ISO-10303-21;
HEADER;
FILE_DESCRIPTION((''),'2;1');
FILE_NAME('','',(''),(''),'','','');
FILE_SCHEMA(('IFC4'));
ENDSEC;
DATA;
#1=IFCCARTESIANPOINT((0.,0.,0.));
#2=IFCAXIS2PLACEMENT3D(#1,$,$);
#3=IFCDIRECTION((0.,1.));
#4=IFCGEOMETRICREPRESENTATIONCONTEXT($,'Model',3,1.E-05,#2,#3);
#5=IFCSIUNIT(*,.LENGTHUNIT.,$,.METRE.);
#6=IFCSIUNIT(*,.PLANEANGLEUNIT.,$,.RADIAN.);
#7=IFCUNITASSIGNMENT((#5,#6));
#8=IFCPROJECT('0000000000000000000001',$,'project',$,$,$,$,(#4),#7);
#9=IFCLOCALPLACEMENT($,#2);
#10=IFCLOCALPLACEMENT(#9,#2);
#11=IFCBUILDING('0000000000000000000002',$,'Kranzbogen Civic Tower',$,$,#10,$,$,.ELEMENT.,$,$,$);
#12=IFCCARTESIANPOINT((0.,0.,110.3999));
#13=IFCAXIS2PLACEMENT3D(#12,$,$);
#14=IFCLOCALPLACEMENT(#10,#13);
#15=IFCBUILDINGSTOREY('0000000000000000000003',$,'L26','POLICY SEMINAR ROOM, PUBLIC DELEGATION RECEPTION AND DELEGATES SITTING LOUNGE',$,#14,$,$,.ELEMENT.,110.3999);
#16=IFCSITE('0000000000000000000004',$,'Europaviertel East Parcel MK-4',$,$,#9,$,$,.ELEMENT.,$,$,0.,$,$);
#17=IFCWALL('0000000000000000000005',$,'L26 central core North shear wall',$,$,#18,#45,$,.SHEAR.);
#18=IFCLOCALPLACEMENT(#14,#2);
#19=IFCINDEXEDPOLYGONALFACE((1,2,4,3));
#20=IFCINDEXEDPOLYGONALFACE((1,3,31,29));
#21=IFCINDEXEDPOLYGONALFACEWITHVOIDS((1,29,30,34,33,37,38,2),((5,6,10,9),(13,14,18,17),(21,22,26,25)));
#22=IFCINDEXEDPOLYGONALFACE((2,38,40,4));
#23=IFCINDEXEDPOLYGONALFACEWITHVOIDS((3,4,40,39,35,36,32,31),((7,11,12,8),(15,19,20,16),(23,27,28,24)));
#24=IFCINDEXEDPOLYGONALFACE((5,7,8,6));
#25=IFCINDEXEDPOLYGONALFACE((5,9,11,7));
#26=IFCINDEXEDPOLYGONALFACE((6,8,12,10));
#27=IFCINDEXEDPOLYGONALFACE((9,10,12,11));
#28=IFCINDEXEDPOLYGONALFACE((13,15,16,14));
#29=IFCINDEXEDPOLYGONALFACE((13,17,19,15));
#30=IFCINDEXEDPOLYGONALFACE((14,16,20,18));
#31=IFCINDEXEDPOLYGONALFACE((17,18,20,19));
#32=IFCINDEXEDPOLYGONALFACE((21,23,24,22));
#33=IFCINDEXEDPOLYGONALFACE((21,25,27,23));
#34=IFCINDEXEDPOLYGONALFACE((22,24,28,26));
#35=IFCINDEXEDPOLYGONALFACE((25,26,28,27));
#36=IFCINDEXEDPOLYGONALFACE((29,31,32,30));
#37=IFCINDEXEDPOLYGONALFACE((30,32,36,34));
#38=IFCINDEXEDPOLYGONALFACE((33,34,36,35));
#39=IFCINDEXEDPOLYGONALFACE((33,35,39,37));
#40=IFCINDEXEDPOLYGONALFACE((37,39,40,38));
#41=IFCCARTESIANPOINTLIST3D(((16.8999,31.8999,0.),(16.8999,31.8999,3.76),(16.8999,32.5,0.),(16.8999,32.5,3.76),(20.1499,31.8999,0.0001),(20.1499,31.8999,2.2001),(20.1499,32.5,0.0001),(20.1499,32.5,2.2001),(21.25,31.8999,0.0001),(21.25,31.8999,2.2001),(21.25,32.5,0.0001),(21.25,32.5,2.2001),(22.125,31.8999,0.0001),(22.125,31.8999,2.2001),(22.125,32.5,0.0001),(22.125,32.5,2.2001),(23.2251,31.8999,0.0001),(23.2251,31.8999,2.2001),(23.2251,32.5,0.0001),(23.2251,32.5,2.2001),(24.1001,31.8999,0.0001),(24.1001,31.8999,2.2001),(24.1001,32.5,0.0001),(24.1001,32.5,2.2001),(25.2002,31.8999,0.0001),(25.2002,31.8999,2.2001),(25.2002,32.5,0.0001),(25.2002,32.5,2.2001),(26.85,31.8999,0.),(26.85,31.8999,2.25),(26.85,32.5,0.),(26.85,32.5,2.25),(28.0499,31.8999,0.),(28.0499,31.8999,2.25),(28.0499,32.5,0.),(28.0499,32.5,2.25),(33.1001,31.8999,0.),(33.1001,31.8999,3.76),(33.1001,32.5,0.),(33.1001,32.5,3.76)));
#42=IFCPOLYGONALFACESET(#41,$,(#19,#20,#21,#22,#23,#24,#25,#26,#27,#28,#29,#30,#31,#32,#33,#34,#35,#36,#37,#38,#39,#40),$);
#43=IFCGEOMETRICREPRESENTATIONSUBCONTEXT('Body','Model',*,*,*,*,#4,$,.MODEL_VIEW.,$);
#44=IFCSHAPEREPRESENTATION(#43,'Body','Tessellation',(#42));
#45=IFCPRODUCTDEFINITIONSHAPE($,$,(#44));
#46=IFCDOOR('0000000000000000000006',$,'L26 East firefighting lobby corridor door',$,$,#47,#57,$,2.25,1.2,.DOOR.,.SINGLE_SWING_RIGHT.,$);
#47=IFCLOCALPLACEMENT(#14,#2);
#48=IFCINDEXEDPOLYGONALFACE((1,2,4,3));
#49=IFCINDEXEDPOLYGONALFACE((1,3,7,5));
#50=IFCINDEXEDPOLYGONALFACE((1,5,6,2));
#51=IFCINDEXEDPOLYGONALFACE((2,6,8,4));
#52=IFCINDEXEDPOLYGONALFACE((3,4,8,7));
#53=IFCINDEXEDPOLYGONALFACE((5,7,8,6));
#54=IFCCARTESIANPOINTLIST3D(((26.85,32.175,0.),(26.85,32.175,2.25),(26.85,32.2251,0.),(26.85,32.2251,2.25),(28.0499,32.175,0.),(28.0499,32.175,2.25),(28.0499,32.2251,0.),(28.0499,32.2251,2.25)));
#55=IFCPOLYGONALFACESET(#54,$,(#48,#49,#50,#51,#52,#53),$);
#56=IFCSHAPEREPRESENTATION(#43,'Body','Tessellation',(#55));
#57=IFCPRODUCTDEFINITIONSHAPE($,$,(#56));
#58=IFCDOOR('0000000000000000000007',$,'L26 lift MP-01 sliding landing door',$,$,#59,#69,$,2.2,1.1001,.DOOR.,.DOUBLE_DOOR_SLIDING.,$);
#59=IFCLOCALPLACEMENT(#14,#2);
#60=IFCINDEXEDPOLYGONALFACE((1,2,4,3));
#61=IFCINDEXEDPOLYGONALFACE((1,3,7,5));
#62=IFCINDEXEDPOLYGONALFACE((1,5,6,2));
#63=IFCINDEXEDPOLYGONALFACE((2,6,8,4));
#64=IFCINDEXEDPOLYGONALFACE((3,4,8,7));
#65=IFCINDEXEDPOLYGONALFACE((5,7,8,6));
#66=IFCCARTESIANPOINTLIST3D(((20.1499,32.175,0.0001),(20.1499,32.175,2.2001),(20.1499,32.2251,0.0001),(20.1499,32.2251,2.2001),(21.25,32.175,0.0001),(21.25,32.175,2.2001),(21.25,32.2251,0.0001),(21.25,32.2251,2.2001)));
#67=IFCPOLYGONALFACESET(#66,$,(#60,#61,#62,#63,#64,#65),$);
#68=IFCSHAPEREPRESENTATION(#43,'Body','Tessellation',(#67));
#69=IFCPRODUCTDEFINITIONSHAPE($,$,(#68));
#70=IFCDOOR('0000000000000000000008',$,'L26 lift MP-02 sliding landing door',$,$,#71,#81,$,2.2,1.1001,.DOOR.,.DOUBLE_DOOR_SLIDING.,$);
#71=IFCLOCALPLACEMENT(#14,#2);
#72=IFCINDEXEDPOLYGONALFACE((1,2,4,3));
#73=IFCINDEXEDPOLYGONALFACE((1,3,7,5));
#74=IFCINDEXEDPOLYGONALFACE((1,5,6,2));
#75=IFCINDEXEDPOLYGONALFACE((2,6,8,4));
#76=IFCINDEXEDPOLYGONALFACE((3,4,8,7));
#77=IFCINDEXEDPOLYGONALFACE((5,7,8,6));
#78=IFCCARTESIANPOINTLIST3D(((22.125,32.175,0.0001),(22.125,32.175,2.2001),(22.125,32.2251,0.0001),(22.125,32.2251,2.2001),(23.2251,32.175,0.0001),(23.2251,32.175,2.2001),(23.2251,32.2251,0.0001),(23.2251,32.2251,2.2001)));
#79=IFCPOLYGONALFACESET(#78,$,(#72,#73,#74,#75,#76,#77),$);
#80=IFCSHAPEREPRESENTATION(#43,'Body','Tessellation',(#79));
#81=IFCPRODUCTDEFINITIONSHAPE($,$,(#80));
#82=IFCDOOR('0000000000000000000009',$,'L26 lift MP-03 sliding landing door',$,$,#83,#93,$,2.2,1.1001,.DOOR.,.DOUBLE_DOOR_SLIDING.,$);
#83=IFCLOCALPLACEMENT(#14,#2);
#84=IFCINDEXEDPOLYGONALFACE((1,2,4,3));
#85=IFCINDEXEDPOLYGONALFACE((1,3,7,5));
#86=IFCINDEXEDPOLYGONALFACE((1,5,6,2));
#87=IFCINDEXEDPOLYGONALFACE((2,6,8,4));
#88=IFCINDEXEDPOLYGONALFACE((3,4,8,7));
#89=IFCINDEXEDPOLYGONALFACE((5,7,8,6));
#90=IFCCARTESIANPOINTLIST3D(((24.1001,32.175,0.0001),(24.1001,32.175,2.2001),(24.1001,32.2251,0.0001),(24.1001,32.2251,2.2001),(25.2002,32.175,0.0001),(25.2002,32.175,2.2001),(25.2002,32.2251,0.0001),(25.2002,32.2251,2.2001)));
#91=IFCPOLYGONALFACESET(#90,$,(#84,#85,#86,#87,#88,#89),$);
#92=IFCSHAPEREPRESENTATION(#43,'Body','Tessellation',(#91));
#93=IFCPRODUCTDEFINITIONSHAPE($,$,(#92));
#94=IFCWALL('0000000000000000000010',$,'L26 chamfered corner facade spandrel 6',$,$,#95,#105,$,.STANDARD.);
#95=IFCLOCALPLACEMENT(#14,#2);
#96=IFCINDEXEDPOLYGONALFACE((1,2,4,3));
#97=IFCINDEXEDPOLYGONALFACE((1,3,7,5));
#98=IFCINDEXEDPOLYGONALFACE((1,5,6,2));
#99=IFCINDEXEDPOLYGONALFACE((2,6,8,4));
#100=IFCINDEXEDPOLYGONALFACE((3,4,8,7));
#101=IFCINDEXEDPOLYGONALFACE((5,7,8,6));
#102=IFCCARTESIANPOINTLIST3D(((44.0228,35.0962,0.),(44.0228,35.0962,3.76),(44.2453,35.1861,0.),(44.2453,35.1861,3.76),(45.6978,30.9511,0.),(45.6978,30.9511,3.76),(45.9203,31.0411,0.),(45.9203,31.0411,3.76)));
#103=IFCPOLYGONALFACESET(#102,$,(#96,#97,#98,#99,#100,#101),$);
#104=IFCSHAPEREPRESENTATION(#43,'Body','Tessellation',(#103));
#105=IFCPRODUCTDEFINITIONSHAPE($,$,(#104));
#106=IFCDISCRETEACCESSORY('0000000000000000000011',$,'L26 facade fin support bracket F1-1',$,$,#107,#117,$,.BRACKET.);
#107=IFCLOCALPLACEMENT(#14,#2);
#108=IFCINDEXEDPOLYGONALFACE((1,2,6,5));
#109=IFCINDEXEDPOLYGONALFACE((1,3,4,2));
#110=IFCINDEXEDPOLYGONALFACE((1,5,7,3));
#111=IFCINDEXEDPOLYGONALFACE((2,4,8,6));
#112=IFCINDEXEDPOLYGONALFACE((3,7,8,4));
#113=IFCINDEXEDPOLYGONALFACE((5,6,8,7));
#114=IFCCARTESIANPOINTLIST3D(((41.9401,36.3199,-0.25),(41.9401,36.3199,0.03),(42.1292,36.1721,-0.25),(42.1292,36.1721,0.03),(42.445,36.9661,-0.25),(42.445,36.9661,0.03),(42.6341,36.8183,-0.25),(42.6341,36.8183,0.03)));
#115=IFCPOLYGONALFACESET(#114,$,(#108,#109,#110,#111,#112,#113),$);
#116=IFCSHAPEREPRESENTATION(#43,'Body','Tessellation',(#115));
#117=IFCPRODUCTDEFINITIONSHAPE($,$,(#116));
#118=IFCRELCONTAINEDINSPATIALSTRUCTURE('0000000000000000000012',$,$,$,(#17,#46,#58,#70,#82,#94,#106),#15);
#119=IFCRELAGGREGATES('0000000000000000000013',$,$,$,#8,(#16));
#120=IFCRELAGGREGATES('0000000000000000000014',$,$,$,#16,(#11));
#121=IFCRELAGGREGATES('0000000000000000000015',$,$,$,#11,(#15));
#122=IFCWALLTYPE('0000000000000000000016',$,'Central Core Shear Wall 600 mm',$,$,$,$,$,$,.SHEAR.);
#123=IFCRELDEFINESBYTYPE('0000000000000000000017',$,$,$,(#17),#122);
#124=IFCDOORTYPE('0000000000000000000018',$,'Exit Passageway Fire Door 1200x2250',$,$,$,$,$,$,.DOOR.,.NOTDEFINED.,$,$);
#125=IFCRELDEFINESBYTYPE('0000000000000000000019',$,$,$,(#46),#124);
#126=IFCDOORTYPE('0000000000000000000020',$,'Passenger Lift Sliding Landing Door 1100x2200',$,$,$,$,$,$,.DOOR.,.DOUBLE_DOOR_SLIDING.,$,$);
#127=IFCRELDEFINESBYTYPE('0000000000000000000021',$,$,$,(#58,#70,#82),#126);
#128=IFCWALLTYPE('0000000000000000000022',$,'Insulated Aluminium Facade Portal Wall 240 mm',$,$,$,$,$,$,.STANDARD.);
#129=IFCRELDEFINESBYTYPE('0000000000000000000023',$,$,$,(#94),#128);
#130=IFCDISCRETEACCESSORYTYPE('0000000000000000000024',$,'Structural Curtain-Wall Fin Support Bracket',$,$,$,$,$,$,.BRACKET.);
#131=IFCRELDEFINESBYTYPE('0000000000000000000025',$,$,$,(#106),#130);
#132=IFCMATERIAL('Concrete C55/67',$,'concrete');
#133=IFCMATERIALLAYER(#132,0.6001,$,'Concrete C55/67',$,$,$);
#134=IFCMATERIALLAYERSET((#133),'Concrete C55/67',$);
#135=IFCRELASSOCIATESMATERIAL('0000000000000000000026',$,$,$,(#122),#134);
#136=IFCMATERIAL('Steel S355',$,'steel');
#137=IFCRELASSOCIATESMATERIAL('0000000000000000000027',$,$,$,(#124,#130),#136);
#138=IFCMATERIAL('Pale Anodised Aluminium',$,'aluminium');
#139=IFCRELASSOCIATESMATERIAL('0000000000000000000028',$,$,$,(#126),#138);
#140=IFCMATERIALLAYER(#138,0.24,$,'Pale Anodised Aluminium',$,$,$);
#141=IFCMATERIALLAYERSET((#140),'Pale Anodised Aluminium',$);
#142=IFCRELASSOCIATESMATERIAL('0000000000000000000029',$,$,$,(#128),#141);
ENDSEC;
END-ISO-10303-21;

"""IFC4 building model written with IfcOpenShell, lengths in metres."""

from ifc_helpers import new_model, si_unit, direction, frame, frame_2d, origin, origin_2d, place, context, subcontext, project, spatial, rectangle, extrude, material, layer, layer_set, type_object, element, fill, save


model = new_model("IFC4")

# Units and contexts
model_context = context("Model", 3, precision=1e-05, world=origin(), true_north=direction((0.0, 1.0)))
body_context = subcontext(model_context, "Body", "Model", "MODEL_VIEW")
ifc_project = project(units=[si_unit("LENGTHUNIT", "METRE"), si_unit("PLANEANGLEUNIT", "RADIAN")], contexts=[model_context])

# Site, building, storey
site_placement = place(None, origin())
site = spatial("IfcSite", under=ifc_project, at=site_placement, Name="Europaviertel East Parcel MK-4", CompositionType="ELEMENT", RefElevation=0.0)
building_placement = place(site_placement, origin())
building = spatial("IfcBuilding", under=site, at=building_placement, Name="Kranzbogen Civic Tower", CompositionType="ELEMENT")
storey_placement = place(building_placement, frame((0.0, 0.0, 110.3999)))
storey = spatial("IfcBuildingStorey", under=building, at=storey_placement, Name="L26", Description="POLICY SEMINAR ROOM, PUBLIC DELEGATION RECEPTION AND DELEGATES SITTING LOUNGE", CompositionType="ELEMENT", Elevation=110.3999)

# Shared definitions
ifc_material_1 = material(Name="Steel S355", Category="steel")

# Shared definitions
ifc_material_2 = material(Name="Pale Anodised Aluminium", Category="aluminium")

# Wall, openings, doors
ifc_material_3 = material(Name="Concrete C55/67", Category="concrete")
ifc_layer_1 = layer(ifc_material_3, 0.6001, Name="Concrete C55/67")
ifc_layer_set_1 = layer_set([ifc_layer_1], Name="Concrete C55/67")
wall_type_1 = type_object("IfcWallType", Name="Central Core Shear Wall 600 mm", PredefinedType="SHEAR", material=ifc_layer_set_1)
wall_1_placement = place(storey_placement, frame((33.1001, 32.2, 0.0), z_axis=(0.0, 0.0, 1.0), x_axis=(-1.0, 0.0, 0.0)))
wall_1 = element("IfcWall", 1, at=wall_1_placement, inside=storey, type_object=wall_type_1, Name="L26 central core North shear wall", PredefinedType="SHEAR", context=body_context, shape_type="SweptSolid", body=[
    extrude(rectangle(XDim=16.2002, YDim=0.6001, at=frame_2d((8.1001, 0.0))), origin(), (0.0, 0.0, 1.0), 3.76),
])
opening_1_placement = place(wall_1_placement, frame((5.05, 0.0, 0.0)))
opening_1 = element("IfcOpeningElement", 2, at=opening_1_placement, cuts=wall_1, PredefinedType="OPENING", context=body_context, shape_type="SweptSolid", body=[
    extrude(rectangle(XDim=1.2, YDim=2.25, at=frame_2d((0.6001, 1.125))), frame((0.0, 0.3101, 0.0), z_axis=(0.0, -1.0, 0.0), x_axis=(1.0, 0.0, 0.0)), (0.0, 0.0, 1.0), 0.6201),
])
opening_2_placement = place(wall_1_placement, frame((11.8501, 0.0, 0.0)))
opening_2 = element("IfcOpeningElement", 3, at=opening_2_placement, cuts=wall_1, PredefinedType="OPENING", context=body_context, shape_type="SweptSolid", body=[
    extrude(rectangle(XDim=1.1001, YDim=2.2, at=frame_2d((0.55, 1.1001))), frame((0.0, 0.3101, 0.0), z_axis=(0.0, -1.0, 0.0), x_axis=(1.0, 0.0, 0.0)), (0.0, 0.0, 1.0), 0.6201),
])
opening_3_placement = place(wall_1_placement, frame((9.875, 0.0, 0.0)))
opening_3 = element("IfcOpeningElement", 4, at=opening_3_placement, cuts=wall_1, PredefinedType="OPENING", context=body_context, shape_type="SweptSolid", body=[
    extrude(rectangle(XDim=1.1001, YDim=2.2, at=frame_2d((0.55, 1.1001))), frame((0.0, 0.3101, 0.0), z_axis=(0.0, -1.0, 0.0), x_axis=(1.0, 0.0, 0.0)), (0.0, 0.0, 1.0), 0.6201),
])
opening_4_placement = place(wall_1_placement, frame((7.8999, 0.0, 0.0)))
opening_4 = element("IfcOpeningElement", 5, at=opening_4_placement, cuts=wall_1, PredefinedType="OPENING", context=body_context, shape_type="SweptSolid", body=[
    extrude(rectangle(XDim=1.1001, YDim=2.2, at=frame_2d((0.55, 1.1001))), frame((0.0, 0.3101, 0.0), z_axis=(0.0, -1.0, 0.0), x_axis=(1.0, 0.0, 0.0)), (0.0, 0.0, 1.0), 0.6201),
])
door_type_1 = type_object("IfcDoorType", Name="Exit Passageway Fire Door 1200x2250", OperationType="NOTDEFINED", PredefinedType="DOOR", material=ifc_material_1)
door_1_placement = place(opening_1_placement, origin())
door_1 = element("IfcDoor", 6, at=door_1_placement, inside=storey, type_object=door_type_1, Name="L26 East firefighting lobby corridor door", OperationType="SINGLE_SWING_RIGHT", OverallHeight=2.25, OverallWidth=1.2, PredefinedType="DOOR", context=body_context, shape_type="SweptSolid", body=[
    extrude(rectangle(XDim=1.2, YDim=2.25, at=frame_2d((0.6001, 1.125))), frame((0.0, 0.0249, 0.0), z_axis=(0.0, -1.0, 0.0), x_axis=(1.0, 0.0, 0.0)), (0.0, 0.0, 1.0), 0.05),
])
fill(opening_1, door_1)
door_type_2 = type_object("IfcDoorType", Name="Passenger Lift Sliding Landing Door 1100x2200", OperationType="DOUBLE_DOOR_SLIDING", PredefinedType="DOOR", material=ifc_material_2)
door_2_placement = place(opening_2_placement, origin())
door_2 = element("IfcDoor", 7, at=door_2_placement, inside=storey, type_object=door_type_2, Name="L26 lift MP-01 sliding landing door", OperationType="DOUBLE_DOOR_SLIDING", OverallHeight=2.2, OverallWidth=1.1001, PredefinedType="DOOR", context=body_context, shape_type="SweptSolid", body=[
    extrude(rectangle(XDim=1.1001, YDim=2.2, at=frame_2d((0.55, 1.1001))), frame((0.0, 0.0249, 0.0), z_axis=(0.0, -1.0, 0.0), x_axis=(1.0, 0.0, 0.0)), (0.0, 0.0, 1.0), 0.05),
])
fill(opening_2, door_2)
door_3_placement = place(opening_3_placement, origin())
door_3 = element("IfcDoor", 8, at=door_3_placement, inside=storey, type_object=door_type_2, Name="L26 lift MP-02 sliding landing door", OperationType="DOUBLE_DOOR_SLIDING", OverallHeight=2.2, OverallWidth=1.1001, PredefinedType="DOOR", context=body_context, shape_type="SweptSolid", body=[
    extrude(rectangle(XDim=1.1001, YDim=2.2, at=frame_2d((0.55, 1.1001))), frame((0.0, 0.0249, 0.0), z_axis=(0.0, -1.0, 0.0), x_axis=(1.0, 0.0, 0.0)), (0.0, 0.0, 1.0), 0.05),
])
fill(opening_3, door_3)
door_4_placement = place(opening_4_placement, origin())
door_4 = element("IfcDoor", 9, at=door_4_placement, inside=storey, type_object=door_type_2, Name="L26 lift MP-03 sliding landing door", OperationType="DOUBLE_DOOR_SLIDING", OverallHeight=2.2, OverallWidth=1.1001, PredefinedType="DOOR", context=body_context, shape_type="SweptSolid", body=[
    extrude(rectangle(XDim=1.1001, YDim=2.2, at=frame_2d((0.55, 1.1001))), frame((0.0, 0.0249, 0.0), z_axis=(0.0, -1.0, 0.0), x_axis=(1.0, 0.0, 0.0)), (0.0, 0.0, 1.0), 0.05),
])
fill(opening_4, door_4)

# Wall
ifc_layer_2 = layer(ifc_material_2, 0.24, Name="Pale Anodised Aluminium")
ifc_layer_set_2 = layer_set([ifc_layer_2], Name="Pale Anodised Aluminium")
wall_type_2 = type_object("IfcWallType", Name="Insulated Aluminium Facade Portal Wall 240 mm", PredefinedType="STANDARD", material=ifc_layer_set_2)
wall_2_placement = place(storey_placement, frame((45.8091, 30.9961, 0.0), z_axis=(0.0, 0.0, 1.0), x_axis=(-0.374674, 0.927156, 0.0)))
element("IfcWall", 10, at=wall_2_placement, inside=storey, type_object=wall_type_2, Name="L26 chamfered corner facade spandrel 6", PredefinedType="STANDARD", context=body_context, shape_type="SweptSolid", body=[
    extrude(rectangle(XDim=4.4707, YDim=0.24, at=frame_2d((2.2354, 0.0))), origin(), (0.0, 0.0, 1.0), 3.76),
])

# Discrete accessory
discrete_accessory_type = type_object("IfcDiscreteAccessoryType", Name="Structural Curtain-Wall Fin Support Bracket", PredefinedType="BRACKET", material=ifc_material_1)
discrete_accessory_placement = place(storey_placement, frame((42.2871, 36.5691, -0.25), z_axis=(0.0, 0.0, 1.0), x_axis=(0.615661, 0.788011, 0.0)))
element("IfcDiscreteAccessory", 11, at=discrete_accessory_placement, inside=storey, type_object=discrete_accessory_type, Name="L26 facade fin support bracket F1-1", PredefinedType="BRACKET", context=body_context, shape_type="SweptSolid", body=[
    extrude(rectangle(XDim=0.8201, YDim=0.24, at=origin_2d()), origin(), (0.0, 0.0, 1.0), 0.28),
])

save(model, "model.ifc")
